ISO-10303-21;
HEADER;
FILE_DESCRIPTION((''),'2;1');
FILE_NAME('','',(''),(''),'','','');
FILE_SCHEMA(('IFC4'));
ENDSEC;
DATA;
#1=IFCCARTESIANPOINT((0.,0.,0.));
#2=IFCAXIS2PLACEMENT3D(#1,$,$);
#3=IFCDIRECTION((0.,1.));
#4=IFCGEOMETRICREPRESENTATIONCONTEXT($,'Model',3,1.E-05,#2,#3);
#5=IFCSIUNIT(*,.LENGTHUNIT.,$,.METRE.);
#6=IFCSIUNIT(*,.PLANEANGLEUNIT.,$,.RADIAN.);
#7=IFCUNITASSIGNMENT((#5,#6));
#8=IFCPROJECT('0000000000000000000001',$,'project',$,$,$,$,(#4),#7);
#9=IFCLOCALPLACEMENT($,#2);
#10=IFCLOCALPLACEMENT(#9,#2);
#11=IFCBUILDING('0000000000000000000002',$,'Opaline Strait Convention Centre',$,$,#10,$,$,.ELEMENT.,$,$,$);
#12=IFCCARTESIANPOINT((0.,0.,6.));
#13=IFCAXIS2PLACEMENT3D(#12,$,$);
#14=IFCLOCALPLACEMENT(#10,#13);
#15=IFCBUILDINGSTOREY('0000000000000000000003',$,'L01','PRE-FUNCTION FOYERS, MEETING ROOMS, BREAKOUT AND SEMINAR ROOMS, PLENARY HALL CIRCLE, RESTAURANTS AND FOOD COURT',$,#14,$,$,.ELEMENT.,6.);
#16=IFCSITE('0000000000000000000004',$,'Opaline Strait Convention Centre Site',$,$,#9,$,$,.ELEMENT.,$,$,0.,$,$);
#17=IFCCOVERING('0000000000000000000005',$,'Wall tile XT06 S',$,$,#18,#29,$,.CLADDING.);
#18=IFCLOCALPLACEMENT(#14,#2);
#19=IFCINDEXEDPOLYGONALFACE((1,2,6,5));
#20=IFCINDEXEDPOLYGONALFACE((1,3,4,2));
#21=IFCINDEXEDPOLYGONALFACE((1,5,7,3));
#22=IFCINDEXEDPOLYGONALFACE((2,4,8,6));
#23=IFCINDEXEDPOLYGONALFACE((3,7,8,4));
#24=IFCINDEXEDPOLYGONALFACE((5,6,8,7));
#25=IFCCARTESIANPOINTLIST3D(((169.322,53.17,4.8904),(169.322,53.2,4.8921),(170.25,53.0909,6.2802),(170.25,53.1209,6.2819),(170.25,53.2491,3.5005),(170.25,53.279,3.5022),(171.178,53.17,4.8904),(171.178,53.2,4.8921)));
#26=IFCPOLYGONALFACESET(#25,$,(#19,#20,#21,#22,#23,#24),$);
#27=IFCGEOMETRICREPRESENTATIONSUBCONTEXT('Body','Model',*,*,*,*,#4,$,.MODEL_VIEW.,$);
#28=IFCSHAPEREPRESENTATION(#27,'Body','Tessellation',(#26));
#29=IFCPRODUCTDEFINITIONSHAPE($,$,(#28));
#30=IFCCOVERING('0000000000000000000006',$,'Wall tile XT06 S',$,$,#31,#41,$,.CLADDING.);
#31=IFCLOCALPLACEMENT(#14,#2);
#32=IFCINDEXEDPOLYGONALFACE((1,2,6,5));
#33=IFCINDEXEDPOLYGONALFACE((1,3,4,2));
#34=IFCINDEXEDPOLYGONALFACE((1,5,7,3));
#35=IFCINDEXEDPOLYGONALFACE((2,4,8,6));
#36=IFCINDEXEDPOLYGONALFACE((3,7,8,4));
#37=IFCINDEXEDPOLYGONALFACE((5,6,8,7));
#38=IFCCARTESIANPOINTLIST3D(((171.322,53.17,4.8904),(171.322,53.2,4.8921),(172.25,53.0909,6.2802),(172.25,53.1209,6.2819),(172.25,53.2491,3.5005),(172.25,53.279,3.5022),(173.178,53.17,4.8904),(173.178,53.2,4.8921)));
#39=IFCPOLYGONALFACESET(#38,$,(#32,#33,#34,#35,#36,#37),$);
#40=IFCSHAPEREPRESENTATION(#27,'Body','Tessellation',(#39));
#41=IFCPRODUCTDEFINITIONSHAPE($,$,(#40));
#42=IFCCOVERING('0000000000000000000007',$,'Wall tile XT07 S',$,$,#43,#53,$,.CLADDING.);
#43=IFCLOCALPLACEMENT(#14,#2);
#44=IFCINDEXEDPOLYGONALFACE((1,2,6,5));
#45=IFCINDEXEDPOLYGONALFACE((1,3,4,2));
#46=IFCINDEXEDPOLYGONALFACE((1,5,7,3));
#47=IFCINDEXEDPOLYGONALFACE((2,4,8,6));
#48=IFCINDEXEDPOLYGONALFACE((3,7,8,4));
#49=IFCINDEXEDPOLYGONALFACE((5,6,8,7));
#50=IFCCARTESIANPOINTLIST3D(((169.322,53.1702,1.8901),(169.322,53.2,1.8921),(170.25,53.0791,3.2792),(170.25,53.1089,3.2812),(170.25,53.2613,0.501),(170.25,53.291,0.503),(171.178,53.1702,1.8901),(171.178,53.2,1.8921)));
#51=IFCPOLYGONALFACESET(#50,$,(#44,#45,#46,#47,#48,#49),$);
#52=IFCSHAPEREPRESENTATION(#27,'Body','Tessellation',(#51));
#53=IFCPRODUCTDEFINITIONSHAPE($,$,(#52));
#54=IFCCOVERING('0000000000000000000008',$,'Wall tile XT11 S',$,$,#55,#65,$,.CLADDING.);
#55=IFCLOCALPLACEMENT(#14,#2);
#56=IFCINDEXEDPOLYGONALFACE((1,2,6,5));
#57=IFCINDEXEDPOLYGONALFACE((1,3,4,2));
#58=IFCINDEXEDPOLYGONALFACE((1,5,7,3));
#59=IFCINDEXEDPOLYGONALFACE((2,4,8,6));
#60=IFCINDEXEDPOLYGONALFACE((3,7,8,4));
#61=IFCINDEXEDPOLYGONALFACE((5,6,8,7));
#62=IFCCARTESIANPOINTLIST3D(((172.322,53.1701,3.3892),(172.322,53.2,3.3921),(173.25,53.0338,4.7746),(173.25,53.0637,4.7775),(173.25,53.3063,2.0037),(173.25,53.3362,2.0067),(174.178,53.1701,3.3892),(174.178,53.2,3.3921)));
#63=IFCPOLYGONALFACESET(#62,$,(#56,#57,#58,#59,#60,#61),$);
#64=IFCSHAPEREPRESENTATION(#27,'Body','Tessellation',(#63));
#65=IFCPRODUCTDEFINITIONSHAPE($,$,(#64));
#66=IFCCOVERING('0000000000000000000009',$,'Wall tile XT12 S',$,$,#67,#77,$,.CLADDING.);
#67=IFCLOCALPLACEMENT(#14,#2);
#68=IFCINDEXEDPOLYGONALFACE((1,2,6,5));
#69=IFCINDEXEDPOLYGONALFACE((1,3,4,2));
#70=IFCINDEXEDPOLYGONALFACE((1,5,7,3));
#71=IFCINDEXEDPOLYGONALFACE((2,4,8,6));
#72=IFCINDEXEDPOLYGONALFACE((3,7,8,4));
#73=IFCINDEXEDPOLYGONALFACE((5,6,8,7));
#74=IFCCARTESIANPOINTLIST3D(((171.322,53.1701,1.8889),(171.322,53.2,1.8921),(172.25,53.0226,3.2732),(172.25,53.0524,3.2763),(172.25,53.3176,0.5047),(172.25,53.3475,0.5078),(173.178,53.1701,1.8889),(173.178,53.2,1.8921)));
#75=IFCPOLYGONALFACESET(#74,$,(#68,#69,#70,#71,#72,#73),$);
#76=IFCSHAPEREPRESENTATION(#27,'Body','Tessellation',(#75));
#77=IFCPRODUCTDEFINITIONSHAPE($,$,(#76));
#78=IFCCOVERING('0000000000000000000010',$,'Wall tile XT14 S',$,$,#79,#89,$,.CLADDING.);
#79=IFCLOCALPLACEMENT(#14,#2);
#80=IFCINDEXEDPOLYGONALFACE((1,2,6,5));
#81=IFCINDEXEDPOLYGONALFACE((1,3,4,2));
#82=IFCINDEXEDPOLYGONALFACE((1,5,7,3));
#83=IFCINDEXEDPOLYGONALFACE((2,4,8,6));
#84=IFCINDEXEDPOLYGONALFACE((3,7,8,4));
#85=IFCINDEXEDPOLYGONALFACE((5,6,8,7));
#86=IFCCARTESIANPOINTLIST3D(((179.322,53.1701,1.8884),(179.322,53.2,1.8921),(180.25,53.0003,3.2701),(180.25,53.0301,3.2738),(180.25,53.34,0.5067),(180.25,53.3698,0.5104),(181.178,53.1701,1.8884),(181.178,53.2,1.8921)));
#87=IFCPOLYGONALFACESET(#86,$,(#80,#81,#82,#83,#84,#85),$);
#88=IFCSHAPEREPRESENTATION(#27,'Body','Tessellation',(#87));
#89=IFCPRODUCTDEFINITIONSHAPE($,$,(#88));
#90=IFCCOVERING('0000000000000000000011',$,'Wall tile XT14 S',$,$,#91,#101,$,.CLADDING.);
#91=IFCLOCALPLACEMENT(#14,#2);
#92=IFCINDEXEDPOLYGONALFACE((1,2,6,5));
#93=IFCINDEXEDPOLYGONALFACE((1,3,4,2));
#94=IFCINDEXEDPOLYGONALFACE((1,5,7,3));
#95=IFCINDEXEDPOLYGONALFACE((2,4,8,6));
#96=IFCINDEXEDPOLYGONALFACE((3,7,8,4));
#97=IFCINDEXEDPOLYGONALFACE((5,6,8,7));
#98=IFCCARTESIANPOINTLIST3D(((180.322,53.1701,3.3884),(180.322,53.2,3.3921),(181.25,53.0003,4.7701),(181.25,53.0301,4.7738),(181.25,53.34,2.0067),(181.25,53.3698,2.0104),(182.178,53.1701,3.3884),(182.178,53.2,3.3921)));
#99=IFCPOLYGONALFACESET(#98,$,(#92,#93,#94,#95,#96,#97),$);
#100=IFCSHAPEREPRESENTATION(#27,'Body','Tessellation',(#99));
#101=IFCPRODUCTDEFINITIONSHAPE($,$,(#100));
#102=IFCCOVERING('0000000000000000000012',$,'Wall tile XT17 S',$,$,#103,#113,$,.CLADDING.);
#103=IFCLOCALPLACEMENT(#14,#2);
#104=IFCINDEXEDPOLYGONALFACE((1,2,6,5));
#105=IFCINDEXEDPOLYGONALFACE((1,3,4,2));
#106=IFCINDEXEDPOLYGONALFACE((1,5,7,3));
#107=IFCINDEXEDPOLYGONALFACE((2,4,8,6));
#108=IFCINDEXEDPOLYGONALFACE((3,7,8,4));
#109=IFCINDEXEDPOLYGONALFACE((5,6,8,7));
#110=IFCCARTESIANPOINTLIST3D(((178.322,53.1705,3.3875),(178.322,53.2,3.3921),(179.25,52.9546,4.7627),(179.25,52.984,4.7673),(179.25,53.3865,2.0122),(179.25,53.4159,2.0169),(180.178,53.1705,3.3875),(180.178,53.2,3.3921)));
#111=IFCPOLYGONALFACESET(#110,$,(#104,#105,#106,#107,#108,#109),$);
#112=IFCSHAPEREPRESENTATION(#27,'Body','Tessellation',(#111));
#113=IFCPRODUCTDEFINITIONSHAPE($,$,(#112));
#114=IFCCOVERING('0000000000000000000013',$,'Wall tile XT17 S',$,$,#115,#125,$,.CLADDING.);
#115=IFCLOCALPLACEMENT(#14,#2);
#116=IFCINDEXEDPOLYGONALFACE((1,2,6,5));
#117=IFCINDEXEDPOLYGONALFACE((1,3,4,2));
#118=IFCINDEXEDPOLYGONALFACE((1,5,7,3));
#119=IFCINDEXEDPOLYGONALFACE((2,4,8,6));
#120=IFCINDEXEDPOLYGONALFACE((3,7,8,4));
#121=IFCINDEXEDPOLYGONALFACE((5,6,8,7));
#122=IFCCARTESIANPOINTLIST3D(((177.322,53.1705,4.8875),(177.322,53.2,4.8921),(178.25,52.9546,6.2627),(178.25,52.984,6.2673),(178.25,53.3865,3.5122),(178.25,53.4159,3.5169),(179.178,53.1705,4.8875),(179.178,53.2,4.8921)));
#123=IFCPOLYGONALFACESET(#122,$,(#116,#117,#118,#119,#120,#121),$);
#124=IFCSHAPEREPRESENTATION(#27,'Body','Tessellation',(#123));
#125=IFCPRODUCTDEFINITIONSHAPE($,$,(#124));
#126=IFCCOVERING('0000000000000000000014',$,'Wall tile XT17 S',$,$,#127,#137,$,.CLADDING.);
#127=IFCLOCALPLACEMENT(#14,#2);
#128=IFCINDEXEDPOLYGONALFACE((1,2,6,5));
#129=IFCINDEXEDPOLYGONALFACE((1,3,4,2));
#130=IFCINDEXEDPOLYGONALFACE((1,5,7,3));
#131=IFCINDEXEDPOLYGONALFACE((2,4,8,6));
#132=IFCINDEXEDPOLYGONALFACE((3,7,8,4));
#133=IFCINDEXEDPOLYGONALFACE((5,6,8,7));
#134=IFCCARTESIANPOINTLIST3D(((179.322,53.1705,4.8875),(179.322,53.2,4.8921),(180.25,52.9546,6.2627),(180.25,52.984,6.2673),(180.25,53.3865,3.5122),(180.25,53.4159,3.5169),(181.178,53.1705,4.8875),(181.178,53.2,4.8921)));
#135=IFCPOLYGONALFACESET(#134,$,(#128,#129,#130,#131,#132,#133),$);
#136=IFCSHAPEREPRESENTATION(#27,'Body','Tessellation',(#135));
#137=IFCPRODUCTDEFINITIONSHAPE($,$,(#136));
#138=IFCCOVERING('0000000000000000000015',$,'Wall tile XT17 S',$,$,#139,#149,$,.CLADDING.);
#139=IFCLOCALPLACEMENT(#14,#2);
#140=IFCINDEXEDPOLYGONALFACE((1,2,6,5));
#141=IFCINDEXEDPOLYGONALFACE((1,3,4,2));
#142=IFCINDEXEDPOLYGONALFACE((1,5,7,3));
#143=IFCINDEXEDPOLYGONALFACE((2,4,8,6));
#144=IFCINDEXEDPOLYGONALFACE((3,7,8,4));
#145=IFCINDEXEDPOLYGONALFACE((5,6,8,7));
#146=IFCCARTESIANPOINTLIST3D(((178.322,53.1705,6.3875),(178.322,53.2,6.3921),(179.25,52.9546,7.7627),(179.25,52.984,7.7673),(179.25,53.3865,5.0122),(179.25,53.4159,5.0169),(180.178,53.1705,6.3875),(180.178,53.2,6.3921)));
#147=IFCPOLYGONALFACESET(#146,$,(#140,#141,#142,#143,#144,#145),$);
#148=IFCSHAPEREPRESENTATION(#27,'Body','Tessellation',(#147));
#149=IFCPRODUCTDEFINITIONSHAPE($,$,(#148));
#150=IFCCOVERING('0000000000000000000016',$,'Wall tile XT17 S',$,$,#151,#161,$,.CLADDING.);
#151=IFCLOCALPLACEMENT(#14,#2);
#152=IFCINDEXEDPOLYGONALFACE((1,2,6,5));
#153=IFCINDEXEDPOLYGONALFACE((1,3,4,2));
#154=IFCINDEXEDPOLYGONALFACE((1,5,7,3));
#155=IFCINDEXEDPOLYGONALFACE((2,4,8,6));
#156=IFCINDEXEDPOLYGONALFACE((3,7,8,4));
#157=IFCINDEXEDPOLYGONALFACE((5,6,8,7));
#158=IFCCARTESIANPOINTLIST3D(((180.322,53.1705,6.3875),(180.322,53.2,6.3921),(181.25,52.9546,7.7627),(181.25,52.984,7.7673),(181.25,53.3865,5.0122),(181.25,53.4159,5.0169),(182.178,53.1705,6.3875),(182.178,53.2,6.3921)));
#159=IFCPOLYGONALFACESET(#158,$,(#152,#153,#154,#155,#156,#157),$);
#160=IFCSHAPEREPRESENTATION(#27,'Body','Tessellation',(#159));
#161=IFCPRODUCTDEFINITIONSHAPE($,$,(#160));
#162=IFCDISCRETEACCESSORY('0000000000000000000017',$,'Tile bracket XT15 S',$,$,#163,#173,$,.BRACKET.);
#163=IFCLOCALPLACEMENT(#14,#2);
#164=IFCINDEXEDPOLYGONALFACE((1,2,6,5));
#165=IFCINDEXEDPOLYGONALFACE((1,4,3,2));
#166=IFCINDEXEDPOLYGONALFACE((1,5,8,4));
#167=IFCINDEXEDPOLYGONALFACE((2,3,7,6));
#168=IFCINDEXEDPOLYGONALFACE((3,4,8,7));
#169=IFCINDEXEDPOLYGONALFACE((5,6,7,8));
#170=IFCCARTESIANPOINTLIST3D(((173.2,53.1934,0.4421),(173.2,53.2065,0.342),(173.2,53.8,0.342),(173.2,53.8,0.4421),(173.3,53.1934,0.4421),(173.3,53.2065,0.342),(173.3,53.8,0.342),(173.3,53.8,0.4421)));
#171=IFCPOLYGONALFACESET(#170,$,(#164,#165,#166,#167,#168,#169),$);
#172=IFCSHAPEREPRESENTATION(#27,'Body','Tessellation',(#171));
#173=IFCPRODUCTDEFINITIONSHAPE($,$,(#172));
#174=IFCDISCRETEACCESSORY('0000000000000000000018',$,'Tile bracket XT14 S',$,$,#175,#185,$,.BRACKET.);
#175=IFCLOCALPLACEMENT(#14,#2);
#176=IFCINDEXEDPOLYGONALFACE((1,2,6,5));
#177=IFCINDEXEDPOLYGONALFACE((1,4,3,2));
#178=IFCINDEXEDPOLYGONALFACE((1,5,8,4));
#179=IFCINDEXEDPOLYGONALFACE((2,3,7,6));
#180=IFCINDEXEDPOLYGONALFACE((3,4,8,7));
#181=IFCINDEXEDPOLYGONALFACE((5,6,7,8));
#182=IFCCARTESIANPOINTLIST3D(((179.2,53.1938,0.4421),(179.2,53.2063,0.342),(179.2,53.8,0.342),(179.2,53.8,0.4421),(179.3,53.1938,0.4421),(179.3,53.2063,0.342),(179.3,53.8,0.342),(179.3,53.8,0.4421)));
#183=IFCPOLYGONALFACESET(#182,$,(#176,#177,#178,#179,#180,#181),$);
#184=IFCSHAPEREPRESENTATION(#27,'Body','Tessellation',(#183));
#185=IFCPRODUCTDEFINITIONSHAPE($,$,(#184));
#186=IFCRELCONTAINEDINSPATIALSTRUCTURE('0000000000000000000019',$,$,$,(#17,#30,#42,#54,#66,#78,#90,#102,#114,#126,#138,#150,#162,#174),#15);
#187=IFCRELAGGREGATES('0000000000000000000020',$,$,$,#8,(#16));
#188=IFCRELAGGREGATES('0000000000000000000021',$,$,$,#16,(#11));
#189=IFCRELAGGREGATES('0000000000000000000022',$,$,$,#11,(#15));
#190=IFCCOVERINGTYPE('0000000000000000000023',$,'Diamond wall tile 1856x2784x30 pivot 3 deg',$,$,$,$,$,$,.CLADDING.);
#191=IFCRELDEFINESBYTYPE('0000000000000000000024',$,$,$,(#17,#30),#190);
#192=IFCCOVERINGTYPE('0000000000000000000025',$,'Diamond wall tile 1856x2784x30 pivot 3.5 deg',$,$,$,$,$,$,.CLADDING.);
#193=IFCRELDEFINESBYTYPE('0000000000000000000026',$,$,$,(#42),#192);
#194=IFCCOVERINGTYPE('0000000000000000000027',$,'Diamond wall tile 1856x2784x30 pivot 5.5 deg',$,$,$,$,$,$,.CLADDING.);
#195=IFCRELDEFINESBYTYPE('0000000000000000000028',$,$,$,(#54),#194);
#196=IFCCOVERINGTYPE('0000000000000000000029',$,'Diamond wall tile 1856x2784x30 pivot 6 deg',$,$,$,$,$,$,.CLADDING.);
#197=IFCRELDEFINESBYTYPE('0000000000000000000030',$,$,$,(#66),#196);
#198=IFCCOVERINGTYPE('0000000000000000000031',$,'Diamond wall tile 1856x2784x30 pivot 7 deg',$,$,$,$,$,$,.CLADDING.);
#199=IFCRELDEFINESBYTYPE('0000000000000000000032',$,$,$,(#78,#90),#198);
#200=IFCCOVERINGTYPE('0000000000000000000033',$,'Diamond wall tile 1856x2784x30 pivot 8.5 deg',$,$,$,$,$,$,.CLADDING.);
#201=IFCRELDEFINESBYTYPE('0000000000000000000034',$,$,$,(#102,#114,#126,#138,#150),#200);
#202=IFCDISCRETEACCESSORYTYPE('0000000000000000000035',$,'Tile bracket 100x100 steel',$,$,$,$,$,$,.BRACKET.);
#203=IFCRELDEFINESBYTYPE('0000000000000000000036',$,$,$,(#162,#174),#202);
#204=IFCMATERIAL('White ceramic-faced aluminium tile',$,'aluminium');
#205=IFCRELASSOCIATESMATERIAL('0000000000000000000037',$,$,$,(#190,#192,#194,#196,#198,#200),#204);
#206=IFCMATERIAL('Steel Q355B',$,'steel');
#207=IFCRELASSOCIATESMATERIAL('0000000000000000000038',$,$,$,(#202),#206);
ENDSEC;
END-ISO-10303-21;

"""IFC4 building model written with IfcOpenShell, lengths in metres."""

from ifc_helpers import new_model, si_unit, direction, frame, origin, place, context, subcontext, project, spatial, polyline, outline, extrude, material, material_profile, profile_set, type_object, element, save


model = new_model("IFC4")

# Units and contexts
model_context = context("Model", 3, precision=1e-05, world=origin(), true_north=direction((0.0, 1.0)))
body_context = subcontext(model_context, "Body", "Model", "MODEL_VIEW")
ifc_project = project(units=[si_unit("LENGTHUNIT", "METRE"), si_unit("PLANEANGLEUNIT", "RADIAN")], contexts=[model_context])

# Site, building, storey
site_placement = place(None, origin())
site = spatial("IfcSite", under=ifc_project, at=site_placement, Name="Opaline Strait Convention Centre Site", CompositionType="ELEMENT", RefElevation=0.0)
building_placement = place(site_placement, origin())
building = spatial("IfcBuilding", under=site, at=building_placement, Name="Opaline Strait Convention Centre", CompositionType="ELEMENT")
storey_placement = place(building_placement, frame((0.0, 0.0, 6.0)))
storey = spatial("IfcBuildingStorey", under=building, at=storey_placement, Name="L01", Description="PRE-FUNCTION FOYERS, MEETING ROOMS, BREAKOUT AND SEMINAR ROOMS, PLENARY HALL CIRCLE, RESTAURANTS AND FOOD COURT", CompositionType="ELEMENT", Elevation=6.0)

# Coverings
ifc_material_1 = material(Name="White ceramic-faced aluminium tile", Category="aluminium")
ifc_material_profile_1 = material_profile(ifc_material_1, outline(polyline([(0.928, 0.0), (0.0, 1.3921), (-0.928, 0.0), (0.0, -1.3921), (0.928, 0.0)])), Name="Diamond tile 1856x2784")
ifc_profile_set_1 = profile_set([ifc_material_profile_1], Name="White ceramic-faced aluminium tile")
covering_type_1 = type_object("IfcCoveringType", Name="Diamond wall tile 1856x2784x30 pivot 3 deg", PredefinedType="CLADDING", material=ifc_profile_set_1)
for number, where, z_axis, x_axis, name in (
    (1, (170.25, 53.2, 4.8921), (0.0, -0.998385, -0.056819), (1.0, 0.0, 0.0), "Wall tile XT06 S"),
    (2, (172.25, 53.2, 4.8921), (0.0, -0.998385, -0.056819), (1.0, 0.0, 0.0), "Wall tile XT06 S"),
):
    element("IfcCovering", number, at=place(storey_placement, frame(where, z_axis=z_axis, x_axis=x_axis)), inside=storey, type_object=covering_type_1, Name=name, PredefinedType="CLADDING", context=body_context, shape_type="SweptSolid", body=[
        extrude(outline(polyline([(0.928, 0.0), (0.0, 1.3921), (-0.928, 0.0), (0.0, -1.3921), (0.928, 0.0)])), origin(), (0.0, 0.0, 1.0), 0.03),
    ])
ifc_material_profile_2 = material_profile(ifc_material_1, outline(polyline([(0.928, 0.0), (0.0, 1.3921), (-0.928, 0.0), (0.0, -1.3921), (0.928, 0.0)])), Name="Diamond tile 1856x2784")
ifc_profile_set_2 = profile_set([ifc_material_profile_2], Name="White ceramic-faced aluminium tile")
covering_type_2 = type_object("IfcCoveringType", Name="Diamond wall tile 1856x2784x30 pivot 3.5 deg", PredefinedType="CLADDING", material=ifc_profile_set_2)
covering_1_placement = place(storey_placement, frame((170.25, 53.2, 1.8921), z_axis=(0.0, -0.997857, -0.065433), x_axis=(1.0, 0.0, 0.0)))
element("IfcCovering", 3, at=covering_1_placement, inside=storey, type_object=covering_type_2, Name="Wall tile XT07 S", PredefinedType="CLADDING", context=body_context, shape_type="SweptSolid", body=[
    extrude(outline(polyline([(0.928, 0.0), (0.0, 1.3921), (-0.928, 0.0), (0.0, -1.3921), (0.928, 0.0)])), origin(), (0.0, 0.0, 1.0), 0.0298),
])
ifc_material_profile_3 = material_profile(ifc_material_1, outline(polyline([(0.928, 0.0), (0.0, 1.3921), (-0.928, 0.0), (0.0, -1.3921), (0.928, 0.0)])), Name="Diamond tile 1856x2784")
ifc_profile_set_3 = profile_set([ifc_material_profile_3], Name="White ceramic-faced aluminium tile")
covering_type_3 = type_object("IfcCoveringType", Name="Diamond wall tile 1856x2784x30 pivot 5.5 deg", PredefinedType="CLADDING", material=ifc_profile_set_3)
covering_2_placement = place(storey_placement, frame((173.25, 53.2, 3.3921), z_axis=(0.0, -0.995197, -0.097888), x_axis=(1.0, 0.0, 0.0)))
element("IfcCovering", 4, at=covering_2_placement, inside=storey, type_object=covering_type_3, Name="Wall tile XT11 S", PredefinedType="CLADDING", context=body_context, shape_type="SweptSolid", body=[
    extrude(outline(polyline([(0.928, 0.0), (0.0, 1.3921), (-0.928, 0.0), (0.0, -1.3921), (0.928, 0.0)])), origin(), (0.0, 0.0, 1.0), 0.03),
])
ifc_material_profile_4 = material_profile(ifc_material_1, outline(polyline([(0.928, 0.0), (0.0, 1.3921), (-0.928, 0.0), (0.0, -1.3921), (0.928, 0.0)])), Name="Diamond tile 1856x2784")
ifc_profile_set_4 = profile_set([ifc_material_profile_4], Name="White ceramic-faced aluminium tile")
covering_type_4 = type_object("IfcCoveringType", Name="Diamond wall tile 1856x2784x30 pivot 6 deg", PredefinedType="CLADDING", material=ifc_profile_set_4)
covering_3_placement = place(storey_placement, frame((172.25, 53.2, 1.8921), z_axis=(0.0, -0.994371, -0.105958), x_axis=(1.0, 0.0, 0.0)))
element("IfcCovering", 5, at=covering_3_placement, inside=storey, type_object=covering_type_4, Name="Wall tile XT12 S", PredefinedType="CLADDING", context=body_context, shape_type="SweptSolid", body=[
    extrude(outline(polyline([(0.928, 0.0), (0.0, 1.3921), (-0.928, 0.0), (0.0, -1.3921), (0.928, 0.0)])), origin(), (0.0, 0.0, 1.0), 0.03),
])
ifc_material_profile_5 = material_profile(ifc_material_1, outline(polyline([(0.928, 0.0), (0.0, 1.3921), (-0.928, 0.0), (0.0, -1.3921), (0.928, 0.0)])), Name="Diamond tile 1856x2784")
ifc_profile_set_5 = profile_set([ifc_material_profile_5], Name="White ceramic-faced aluminium tile")
covering_type_5 = type_object("IfcCoveringType", Name="Diamond wall tile 1856x2784x30 pivot 7 deg", PredefinedType="CLADDING", material=ifc_profile_set_5)
for number, where, z_axis, x_axis, name in (
    (6, (180.25, 53.2, 1.8921), (0.0, -0.992526, -0.122032), (1.0, 0.0, 0.0), "Wall tile XT14 S"),
    (7, (181.25, 53.2, 3.3921), (0.0, -0.992526, -0.122032), (1.0, 0.0, 0.0), "Wall tile XT14 S"),
):
    element("IfcCovering", number, at=place(storey_placement, frame(where, z_axis=z_axis, x_axis=x_axis)), inside=storey, type_object=covering_type_5, Name=name, PredefinedType="CLADDING", context=body_context, shape_type="SweptSolid", body=[
        extrude(outline(polyline([(0.928, 0.0), (0.0, 1.3921), (-0.928, 0.0), (0.0, -1.3921), (0.928, 0.0)])), origin(), (0.0, 0.0, 1.0), 0.03),
    ])
ifc_material_profile_6 = material_profile(ifc_material_1, outline(polyline([(0.928, 0.0), (0.0, 1.3921), (-0.928, 0.0), (0.0, -1.3921), (0.928, 0.0)])), Name="Diamond tile 1856x2784")
ifc_profile_set_6 = profile_set([ifc_material_profile_6], Name="White ceramic-faced aluminium tile")
covering_type_6 = type_object("IfcCoveringType", Name="Diamond wall tile 1856x2784x30 pivot 8.5 deg", PredefinedType="CLADDING", material=ifc_profile_set_6)
for number, where, z_axis, x_axis, name in (
    (8, (179.25, 53.2, 3.3921), (0.0, -0.987895, -0.155124), (1.0, 0.0, 0.0), "Wall tile XT17 S"),
    (9, (178.25, 53.2, 4.8921), (0.0, -0.987895, -0.155124), (1.0, 0.0, 0.0), "Wall tile XT17 S"),
    (10, (180.25, 53.2, 4.8921), (0.0, -0.987895, -0.155124), (1.0, 0.0, 0.0), "Wall tile XT17 S"),
    (11, (179.25, 53.2, 6.3921), (0.0, -0.987895, -0.155124), (1.0, 0.0, 0.0), "Wall tile XT17 S"),
    (12, (181.25, 53.2, 6.3921), (0.0, -0.987895, -0.155124), (1.0, 0.0, 0.0), "Wall tile XT17 S"),
):
    element("IfcCovering", number, at=place(storey_placement, frame(where, z_axis=z_axis, x_axis=x_axis)), inside=storey, type_object=covering_type_6, Name=name, PredefinedType="CLADDING", context=body_context, shape_type="SweptSolid", body=[
        extrude(outline(polyline([(0.928, 0.0), (0.0, 1.3921), (-0.928, 0.0), (0.0, -1.3921), (0.928, 0.0)])), origin(), (0.0, 0.0, 1.0), 0.0298),
    ])

# Discrete accessories
ifc_material_2 = material(Name="Steel Q355B", Category="steel")
discrete_accessory_type = type_object("IfcDiscreteAccessoryType", Name="Tile bracket 100x100 steel", PredefinedType="BRACKET", material=ifc_material_2)
discrete_accessory_1_placement = place(storey_placement, frame((173.2, 53.8, 0.3921), z_axis=(1.0, 0.0, 0.0), x_axis=(0.0, 1.0, 0.0)))
element("IfcDiscreteAccessory", 13, at=discrete_accessory_1_placement, inside=storey, type_object=discrete_accessory_type, Name="Tile bracket XT15 S", PredefinedType="BRACKET", context=body_context, shape_type="SweptSolid", body=[
    extrude(outline(polyline([(0.0, -0.05), (0.0, 0.05), (-0.6067, 0.05), (-0.5935, -0.05), (0.0, -0.05)])), origin(), (0.0, 0.0, 1.0), 0.1001),
])
discrete_accessory_2_placement = place(storey_placement, frame((179.2, 53.8, 0.3921), z_axis=(1.0, 0.0, 0.0), x_axis=(0.0, 1.0, 0.0)))
element("IfcDiscreteAccessory", 14, at=discrete_accessory_2_placement, inside=storey, type_object=discrete_accessory_type, Name="Tile bracket XT14 S", PredefinedType="BRACKET", context=body_context, shape_type="SweptSolid", body=[
    extrude(outline(polyline([(0.0, -0.05), (0.0, 0.05), (-0.6062, 0.05), (-0.5938, -0.05), (0.0, -0.05)])), origin(), (0.0, 0.0, 1.0), 0.1001),
])

save(model, "model.ifc")
